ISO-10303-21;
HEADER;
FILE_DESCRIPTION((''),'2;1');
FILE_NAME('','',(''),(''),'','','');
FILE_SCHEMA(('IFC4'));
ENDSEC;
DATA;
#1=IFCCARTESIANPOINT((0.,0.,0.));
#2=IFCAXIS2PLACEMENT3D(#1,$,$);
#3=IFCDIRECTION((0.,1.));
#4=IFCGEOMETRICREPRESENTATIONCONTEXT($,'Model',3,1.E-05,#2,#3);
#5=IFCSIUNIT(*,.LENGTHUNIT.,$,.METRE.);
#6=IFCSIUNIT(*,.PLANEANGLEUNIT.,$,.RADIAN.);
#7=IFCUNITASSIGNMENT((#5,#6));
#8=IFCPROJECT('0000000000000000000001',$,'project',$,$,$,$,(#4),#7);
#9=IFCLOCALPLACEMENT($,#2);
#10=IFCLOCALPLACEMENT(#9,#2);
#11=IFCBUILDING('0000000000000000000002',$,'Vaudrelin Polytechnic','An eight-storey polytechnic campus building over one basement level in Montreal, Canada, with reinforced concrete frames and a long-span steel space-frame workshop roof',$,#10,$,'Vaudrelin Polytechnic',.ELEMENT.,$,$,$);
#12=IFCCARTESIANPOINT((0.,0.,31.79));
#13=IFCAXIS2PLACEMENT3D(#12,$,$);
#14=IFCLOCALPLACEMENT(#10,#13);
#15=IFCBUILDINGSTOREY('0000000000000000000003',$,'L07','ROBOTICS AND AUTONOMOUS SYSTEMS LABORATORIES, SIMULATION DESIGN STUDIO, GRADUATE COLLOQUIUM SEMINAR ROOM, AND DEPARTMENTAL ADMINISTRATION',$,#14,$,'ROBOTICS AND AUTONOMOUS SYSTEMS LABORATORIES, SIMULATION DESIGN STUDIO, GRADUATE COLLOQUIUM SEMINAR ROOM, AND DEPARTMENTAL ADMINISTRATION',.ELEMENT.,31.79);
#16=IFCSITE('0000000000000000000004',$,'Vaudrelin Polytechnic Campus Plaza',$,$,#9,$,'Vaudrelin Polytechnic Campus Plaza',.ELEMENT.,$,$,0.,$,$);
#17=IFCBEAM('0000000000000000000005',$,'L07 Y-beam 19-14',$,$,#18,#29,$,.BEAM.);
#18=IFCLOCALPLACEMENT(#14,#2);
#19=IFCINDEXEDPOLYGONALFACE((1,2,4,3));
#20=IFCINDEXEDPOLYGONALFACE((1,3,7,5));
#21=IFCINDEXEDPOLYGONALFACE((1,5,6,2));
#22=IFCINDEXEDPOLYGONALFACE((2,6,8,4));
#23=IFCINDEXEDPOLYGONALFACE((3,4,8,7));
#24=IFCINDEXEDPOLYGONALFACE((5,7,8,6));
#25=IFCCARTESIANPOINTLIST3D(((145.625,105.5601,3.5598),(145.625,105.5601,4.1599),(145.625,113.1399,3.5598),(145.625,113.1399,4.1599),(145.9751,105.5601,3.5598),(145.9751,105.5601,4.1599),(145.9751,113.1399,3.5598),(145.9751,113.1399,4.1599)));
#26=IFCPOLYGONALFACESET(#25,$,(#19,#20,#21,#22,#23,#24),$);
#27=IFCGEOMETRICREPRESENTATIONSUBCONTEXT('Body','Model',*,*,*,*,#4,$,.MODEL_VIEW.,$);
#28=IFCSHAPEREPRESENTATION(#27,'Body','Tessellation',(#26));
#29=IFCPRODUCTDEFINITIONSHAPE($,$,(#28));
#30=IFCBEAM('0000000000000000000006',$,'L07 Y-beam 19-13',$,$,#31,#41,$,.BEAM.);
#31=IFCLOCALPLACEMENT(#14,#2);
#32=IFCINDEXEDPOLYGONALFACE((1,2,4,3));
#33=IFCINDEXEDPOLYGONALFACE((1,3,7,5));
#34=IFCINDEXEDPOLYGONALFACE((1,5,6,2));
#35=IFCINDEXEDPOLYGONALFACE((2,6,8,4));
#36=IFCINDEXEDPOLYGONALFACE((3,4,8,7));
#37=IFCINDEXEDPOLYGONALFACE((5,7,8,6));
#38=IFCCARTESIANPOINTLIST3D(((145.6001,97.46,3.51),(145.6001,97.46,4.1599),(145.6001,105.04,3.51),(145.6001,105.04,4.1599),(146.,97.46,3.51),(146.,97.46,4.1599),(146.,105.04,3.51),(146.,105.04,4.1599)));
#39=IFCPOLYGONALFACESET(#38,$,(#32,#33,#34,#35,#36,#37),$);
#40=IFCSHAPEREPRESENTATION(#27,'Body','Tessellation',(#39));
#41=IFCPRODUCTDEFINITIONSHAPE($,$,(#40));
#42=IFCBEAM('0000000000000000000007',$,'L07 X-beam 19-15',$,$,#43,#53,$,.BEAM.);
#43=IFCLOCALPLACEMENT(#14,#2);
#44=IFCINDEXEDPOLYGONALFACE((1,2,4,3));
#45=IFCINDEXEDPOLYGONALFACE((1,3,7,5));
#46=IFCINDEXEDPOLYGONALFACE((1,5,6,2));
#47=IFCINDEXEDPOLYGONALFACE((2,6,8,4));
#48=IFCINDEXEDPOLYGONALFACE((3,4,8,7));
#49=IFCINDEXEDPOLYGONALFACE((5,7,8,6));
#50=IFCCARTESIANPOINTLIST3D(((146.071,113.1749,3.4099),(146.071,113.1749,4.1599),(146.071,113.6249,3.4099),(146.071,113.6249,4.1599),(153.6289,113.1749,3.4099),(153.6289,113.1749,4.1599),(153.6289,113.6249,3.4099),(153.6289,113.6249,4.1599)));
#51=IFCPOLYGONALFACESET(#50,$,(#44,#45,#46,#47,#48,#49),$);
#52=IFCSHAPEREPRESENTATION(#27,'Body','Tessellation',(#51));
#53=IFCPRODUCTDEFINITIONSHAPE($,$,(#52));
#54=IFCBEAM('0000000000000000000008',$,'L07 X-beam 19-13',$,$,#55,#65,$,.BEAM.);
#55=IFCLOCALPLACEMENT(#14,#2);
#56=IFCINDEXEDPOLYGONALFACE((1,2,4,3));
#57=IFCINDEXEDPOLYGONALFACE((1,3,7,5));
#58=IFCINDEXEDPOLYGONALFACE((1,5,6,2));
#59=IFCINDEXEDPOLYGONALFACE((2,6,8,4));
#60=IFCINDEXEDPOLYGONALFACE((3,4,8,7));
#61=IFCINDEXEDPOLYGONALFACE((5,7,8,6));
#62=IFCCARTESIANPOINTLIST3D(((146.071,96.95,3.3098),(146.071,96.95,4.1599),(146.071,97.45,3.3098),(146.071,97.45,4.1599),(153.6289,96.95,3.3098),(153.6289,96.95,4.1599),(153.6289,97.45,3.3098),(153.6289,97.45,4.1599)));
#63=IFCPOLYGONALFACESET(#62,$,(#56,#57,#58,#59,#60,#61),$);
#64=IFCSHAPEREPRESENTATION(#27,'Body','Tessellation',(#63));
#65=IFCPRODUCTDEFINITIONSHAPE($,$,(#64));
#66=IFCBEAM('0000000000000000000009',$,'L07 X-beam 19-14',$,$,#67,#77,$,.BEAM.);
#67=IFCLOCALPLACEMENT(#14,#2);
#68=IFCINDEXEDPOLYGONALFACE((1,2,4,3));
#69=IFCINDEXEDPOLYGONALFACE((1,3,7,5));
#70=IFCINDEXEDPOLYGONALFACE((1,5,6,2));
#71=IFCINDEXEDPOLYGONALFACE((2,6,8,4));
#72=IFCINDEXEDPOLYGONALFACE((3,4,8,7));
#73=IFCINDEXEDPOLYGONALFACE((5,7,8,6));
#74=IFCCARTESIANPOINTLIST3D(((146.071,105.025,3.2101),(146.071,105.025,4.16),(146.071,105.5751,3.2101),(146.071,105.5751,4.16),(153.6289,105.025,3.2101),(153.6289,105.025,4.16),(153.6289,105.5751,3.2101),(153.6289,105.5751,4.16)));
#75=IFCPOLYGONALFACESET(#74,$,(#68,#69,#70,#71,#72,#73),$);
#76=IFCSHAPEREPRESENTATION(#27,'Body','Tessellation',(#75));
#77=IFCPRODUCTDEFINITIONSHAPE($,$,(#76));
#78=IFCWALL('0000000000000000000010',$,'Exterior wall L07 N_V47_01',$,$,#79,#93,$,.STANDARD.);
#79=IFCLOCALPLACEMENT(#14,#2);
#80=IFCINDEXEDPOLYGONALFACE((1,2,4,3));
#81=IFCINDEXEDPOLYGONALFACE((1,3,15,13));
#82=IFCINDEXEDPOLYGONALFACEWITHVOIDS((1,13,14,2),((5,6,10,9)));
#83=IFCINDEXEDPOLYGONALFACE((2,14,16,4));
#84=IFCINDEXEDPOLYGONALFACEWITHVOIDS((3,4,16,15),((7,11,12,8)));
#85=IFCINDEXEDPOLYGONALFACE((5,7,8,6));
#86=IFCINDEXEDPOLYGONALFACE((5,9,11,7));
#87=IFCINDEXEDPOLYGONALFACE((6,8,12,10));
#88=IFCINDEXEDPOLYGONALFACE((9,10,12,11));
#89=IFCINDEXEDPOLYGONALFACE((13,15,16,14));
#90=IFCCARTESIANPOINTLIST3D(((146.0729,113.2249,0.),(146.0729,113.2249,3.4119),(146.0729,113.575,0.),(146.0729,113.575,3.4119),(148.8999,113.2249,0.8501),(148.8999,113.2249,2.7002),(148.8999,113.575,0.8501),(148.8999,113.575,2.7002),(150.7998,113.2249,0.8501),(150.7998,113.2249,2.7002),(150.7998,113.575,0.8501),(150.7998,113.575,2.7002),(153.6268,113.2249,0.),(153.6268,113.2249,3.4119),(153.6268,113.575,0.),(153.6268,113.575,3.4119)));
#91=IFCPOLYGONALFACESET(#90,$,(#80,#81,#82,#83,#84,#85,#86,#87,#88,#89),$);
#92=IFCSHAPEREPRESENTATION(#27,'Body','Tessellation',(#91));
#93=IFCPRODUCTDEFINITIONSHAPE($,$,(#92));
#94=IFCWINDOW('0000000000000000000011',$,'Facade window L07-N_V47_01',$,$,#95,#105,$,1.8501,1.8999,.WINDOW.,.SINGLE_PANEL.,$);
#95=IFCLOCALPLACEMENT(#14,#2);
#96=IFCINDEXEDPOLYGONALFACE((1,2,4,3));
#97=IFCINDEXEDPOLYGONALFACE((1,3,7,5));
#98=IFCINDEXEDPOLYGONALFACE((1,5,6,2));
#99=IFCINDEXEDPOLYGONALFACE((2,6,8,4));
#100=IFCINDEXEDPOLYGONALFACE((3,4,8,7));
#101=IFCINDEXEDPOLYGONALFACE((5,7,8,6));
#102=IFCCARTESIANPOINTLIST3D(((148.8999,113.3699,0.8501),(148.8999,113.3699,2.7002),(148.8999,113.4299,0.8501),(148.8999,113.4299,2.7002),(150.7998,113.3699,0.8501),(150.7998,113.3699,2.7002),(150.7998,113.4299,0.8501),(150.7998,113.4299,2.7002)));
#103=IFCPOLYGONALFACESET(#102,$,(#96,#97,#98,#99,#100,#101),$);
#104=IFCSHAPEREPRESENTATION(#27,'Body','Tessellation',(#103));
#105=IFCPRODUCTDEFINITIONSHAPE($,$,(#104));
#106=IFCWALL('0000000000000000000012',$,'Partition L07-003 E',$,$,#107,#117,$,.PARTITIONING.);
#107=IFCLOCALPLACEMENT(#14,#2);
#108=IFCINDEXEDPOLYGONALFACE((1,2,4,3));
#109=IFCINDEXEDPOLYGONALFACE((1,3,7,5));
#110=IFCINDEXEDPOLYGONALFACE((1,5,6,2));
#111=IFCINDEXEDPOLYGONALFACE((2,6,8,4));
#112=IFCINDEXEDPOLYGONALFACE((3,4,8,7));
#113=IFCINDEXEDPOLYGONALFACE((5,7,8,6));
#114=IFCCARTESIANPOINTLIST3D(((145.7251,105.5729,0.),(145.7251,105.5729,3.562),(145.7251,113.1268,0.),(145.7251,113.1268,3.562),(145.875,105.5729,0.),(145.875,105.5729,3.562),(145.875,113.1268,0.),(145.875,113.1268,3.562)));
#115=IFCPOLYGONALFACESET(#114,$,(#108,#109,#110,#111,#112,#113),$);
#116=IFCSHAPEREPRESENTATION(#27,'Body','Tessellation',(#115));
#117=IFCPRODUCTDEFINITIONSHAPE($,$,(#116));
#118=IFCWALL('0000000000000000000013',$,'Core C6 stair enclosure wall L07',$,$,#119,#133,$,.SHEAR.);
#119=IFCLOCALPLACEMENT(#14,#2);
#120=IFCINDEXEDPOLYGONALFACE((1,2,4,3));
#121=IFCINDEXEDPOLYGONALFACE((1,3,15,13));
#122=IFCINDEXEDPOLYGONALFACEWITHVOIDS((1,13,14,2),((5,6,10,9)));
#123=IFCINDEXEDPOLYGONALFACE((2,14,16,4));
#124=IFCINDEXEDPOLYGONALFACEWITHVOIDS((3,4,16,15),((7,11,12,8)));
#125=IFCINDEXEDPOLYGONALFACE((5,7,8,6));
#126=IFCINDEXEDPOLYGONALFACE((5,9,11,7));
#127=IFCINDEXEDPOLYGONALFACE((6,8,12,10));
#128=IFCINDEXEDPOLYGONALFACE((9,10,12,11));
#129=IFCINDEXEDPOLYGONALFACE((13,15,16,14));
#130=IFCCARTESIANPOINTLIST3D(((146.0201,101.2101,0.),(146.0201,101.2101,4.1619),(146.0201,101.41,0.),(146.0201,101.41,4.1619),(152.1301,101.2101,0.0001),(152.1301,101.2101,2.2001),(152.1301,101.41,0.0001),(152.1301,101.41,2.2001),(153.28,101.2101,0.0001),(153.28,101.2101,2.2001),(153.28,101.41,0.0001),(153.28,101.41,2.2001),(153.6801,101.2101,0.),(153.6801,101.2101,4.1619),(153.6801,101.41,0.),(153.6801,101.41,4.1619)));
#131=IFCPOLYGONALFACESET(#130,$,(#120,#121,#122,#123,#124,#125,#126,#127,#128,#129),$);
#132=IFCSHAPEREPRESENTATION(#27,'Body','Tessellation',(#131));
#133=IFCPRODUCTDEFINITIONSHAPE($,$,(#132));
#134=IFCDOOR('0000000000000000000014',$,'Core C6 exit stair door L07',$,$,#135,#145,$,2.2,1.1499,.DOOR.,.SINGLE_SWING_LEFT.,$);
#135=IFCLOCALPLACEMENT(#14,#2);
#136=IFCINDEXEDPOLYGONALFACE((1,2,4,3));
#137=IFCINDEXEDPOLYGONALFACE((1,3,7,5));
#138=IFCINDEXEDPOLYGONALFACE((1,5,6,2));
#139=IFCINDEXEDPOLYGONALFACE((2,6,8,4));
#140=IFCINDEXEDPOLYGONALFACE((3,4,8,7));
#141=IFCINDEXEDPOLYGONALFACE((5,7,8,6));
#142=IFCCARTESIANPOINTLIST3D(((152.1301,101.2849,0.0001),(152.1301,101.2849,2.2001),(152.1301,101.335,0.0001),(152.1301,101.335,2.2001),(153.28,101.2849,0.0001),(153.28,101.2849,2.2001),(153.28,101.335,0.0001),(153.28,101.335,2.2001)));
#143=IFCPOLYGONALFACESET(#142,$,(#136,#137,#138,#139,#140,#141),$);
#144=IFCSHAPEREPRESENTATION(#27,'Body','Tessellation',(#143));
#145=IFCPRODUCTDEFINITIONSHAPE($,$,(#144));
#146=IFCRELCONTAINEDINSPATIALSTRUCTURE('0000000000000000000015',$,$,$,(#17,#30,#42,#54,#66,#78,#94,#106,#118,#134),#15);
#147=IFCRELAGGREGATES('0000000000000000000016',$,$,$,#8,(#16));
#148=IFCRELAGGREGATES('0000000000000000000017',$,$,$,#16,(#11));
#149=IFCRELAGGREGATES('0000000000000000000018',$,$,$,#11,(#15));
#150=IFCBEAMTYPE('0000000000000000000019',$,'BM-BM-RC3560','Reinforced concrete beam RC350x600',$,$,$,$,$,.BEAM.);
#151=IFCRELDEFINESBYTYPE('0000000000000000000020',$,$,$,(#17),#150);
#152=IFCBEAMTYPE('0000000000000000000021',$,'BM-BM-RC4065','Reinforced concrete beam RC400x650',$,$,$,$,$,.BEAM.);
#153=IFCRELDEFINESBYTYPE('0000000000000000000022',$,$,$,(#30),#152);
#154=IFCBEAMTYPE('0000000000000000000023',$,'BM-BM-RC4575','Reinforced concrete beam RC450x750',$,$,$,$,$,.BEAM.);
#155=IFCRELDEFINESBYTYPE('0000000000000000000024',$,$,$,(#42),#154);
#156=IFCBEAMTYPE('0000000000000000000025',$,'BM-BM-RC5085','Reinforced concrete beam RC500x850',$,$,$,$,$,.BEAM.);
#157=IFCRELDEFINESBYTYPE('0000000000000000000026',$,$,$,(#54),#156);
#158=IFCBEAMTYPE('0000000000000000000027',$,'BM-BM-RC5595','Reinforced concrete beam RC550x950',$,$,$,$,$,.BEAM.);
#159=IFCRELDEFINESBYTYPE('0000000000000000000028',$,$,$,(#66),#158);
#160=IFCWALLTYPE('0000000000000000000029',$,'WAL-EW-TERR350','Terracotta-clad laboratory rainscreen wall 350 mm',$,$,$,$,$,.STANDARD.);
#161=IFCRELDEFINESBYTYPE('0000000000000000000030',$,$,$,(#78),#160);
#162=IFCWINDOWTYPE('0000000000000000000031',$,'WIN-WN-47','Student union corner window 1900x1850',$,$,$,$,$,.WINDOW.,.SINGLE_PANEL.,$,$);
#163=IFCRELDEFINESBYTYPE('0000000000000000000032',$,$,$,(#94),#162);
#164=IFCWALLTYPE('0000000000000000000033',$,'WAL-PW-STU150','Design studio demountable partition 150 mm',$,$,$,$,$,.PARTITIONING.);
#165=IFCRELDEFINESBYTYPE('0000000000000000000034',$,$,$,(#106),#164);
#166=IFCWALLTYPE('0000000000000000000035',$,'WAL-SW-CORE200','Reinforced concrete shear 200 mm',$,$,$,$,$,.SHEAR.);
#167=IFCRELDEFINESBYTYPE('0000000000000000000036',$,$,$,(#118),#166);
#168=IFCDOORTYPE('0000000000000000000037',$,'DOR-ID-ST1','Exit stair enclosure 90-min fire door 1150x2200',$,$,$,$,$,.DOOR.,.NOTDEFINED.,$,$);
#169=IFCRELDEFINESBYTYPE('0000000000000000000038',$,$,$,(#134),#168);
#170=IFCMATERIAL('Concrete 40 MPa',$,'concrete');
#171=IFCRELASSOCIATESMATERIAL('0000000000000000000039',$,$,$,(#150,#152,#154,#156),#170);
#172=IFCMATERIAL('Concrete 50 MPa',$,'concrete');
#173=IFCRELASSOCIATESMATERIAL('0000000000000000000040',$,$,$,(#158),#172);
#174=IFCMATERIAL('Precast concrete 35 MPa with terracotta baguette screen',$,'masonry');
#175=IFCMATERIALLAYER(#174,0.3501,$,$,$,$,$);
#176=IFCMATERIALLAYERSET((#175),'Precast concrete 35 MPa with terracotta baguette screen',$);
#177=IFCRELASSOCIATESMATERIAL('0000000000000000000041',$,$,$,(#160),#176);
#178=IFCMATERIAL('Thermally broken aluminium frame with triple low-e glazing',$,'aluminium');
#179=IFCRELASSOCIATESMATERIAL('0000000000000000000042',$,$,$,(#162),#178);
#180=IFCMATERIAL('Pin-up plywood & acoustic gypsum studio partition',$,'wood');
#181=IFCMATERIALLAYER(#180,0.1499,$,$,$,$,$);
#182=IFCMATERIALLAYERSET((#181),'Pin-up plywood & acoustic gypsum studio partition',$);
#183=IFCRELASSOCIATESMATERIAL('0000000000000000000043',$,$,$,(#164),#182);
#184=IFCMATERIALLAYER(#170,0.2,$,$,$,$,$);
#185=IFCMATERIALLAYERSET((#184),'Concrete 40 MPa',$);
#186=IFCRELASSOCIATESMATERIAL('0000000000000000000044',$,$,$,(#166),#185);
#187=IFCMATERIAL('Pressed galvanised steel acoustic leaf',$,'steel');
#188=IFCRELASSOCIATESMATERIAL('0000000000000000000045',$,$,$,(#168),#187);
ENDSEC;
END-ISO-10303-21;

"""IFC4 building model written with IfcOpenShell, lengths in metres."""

from ifc_helpers import new_model, si_unit, direction, frame, frame_2d, origin, origin_2d, place, context, subcontext, project, spatial, rectangle, extrude, material, layer, layer_set, material_profile, profile_set, type_object, element, fill, save


model = new_model("IFC4")

# Units and contexts
model_context = context("Model", 3, precision=1e-05, world=origin(), true_north=direction((0.0, 1.0)))
body_context = subcontext(model_context, "Body", "Model", "MODEL_VIEW")
ifc_project = project(units=[si_unit("LENGTHUNIT", "METRE"), si_unit("PLANEANGLEUNIT", "RADIAN")], contexts=[model_context])

# Site, building, storey
site_placement = place(None, origin())
site = spatial("IfcSite", under=ifc_project, at=site_placement, Name="Vaudrelin Polytechnic Campus Plaza", LongName="Vaudrelin Polytechnic Campus Plaza", CompositionType="ELEMENT", RefElevation=0.0)
building_placement = place(site_placement, origin())
building = spatial("IfcBuilding", under=site, at=building_placement, Name="Vaudrelin Polytechnic", Description="An eight-storey polytechnic campus building over one basement level in Montreal, Canada, with reinforced concrete frames and a long-span steel space-frame workshop roof", LongName="Vaudrelin Polytechnic", CompositionType="ELEMENT")
storey_placement = place(building_placement, frame((0.0, 0.0, 31.79)))
storey = spatial("IfcBuildingStorey", under=building, at=storey_placement, Name="L07", Description="ROBOTICS AND AUTONOMOUS SYSTEMS LABORATORIES, SIMULATION DESIGN STUDIO, GRADUATE COLLOQUIUM SEMINAR ROOM, AND DEPARTMENTAL ADMINISTRATION", LongName="ROBOTICS AND AUTONOMOUS SYSTEMS LABORATORIES, SIMULATION DESIGN STUDIO, GRADUATE COLLOQUIUM SEMINAR ROOM, AND DEPARTMENTAL ADMINISTRATION", CompositionType="ELEMENT", Elevation=31.79)

# Beams
ifc_material_1 = material(Name="Concrete 40 MPa", Category="concrete")
ifc_material_profile_1 = material_profile(ifc_material_1, rectangle(XDim=0.3501, YDim=0.6001, at=origin_2d()), Name="RC350x600")
ifc_profile_set_1 = profile_set([ifc_material_profile_1], Name="Concrete 40 MPa")
beam_type_1 = type_object("IfcBeamType", Name="BM-BM-RC3560", Description="Reinforced concrete beam RC350x600", PredefinedType="BEAM", material=ifc_profile_set_1)
beam_1_placement = place(storey_placement, frame((145.8, 105.5601, 3.8599), z_axis=(0.0, 1.0, 0.0), x_axis=(-1.0, 0.0, 0.0)))
element("IfcBeam", 1, at=beam_1_placement, inside=storey, type_object=beam_type_1, Name="L07 Y-beam 19-14", PredefinedType="BEAM", context=body_context, shape_type="SweptSolid", body=[
    extrude(rectangle(XDim=0.3501, YDim=0.6001, at=origin_2d()), origin(), (0.0, 0.0, 1.0), 7.5798),
])
ifc_material_profile_2 = material_profile(ifc_material_1, rectangle(XDim=0.3999, YDim=0.6499, at=origin_2d()), Name="RC400x650")
ifc_profile_set_2 = profile_set([ifc_material_profile_2], Name="Concrete 40 MPa")
beam_type_2 = type_object("IfcBeamType", Name="BM-BM-RC4065", Description="Reinforced concrete beam RC400x650", PredefinedType="BEAM", material=ifc_profile_set_2)
beam_2_placement = place(storey_placement, frame((145.8, 97.46, 3.835), z_axis=(0.0, 1.0, 0.0), x_axis=(-1.0, 0.0, 0.0)))
element("IfcBeam", 2, at=beam_2_placement, inside=storey, type_object=beam_type_2, Name="L07 Y-beam 19-13", PredefinedType="BEAM", context=body_context, shape_type="SweptSolid", body=[
    extrude(rectangle(XDim=0.3999, YDim=0.6499, at=origin_2d()), origin(), (0.0, 0.0, 1.0), 7.5801),
])
ifc_material_profile_3 = material_profile(ifc_material_1, rectangle(XDim=0.45, YDim=0.75, at=origin_2d()), Name="RC450x750")
ifc_profile_set_3 = profile_set([ifc_material_profile_3], Name="Concrete 40 MPa")
beam_type_3 = type_object("IfcBeamType", Name="BM-BM-RC4575", Description="Reinforced concrete beam RC450x750", PredefinedType="BEAM", material=ifc_profile_set_3)
beam_3_placement = place(storey_placement, frame((146.071, 113.3999, 3.7849), z_axis=(1.0, 0.0, 0.0), x_axis=(0.0, 1.0, 0.0)))
element("IfcBeam", 3, at=beam_3_placement, inside=storey, type_object=beam_type_3, Name="L07 X-beam 19-15", PredefinedType="BEAM", context=body_context, shape_type="SweptSolid", body=[
    extrude(rectangle(XDim=0.45, YDim=0.75, at=origin_2d()), origin(), (0.0, 0.0, 1.0), 7.5579),
])
ifc_material_profile_4 = material_profile(ifc_material_1, rectangle(XDim=0.5, YDim=0.8501, at=origin_2d()), Name="RC500x850")
ifc_profile_set_4 = profile_set([ifc_material_profile_4], Name="Concrete 40 MPa")
beam_type_4 = type_object("IfcBeamType", Name="BM-BM-RC5085", Description="Reinforced concrete beam RC500x850", PredefinedType="BEAM", material=ifc_profile_set_4)
beam_4_placement = place(storey_placement, frame((146.071, 97.2, 3.7349), z_axis=(1.0, 0.0, 0.0), x_axis=(0.0, 1.0, 0.0)))
element("IfcBeam", 4, at=beam_4_placement, inside=storey, type_object=beam_type_4, Name="L07 X-beam 19-13", PredefinedType="BEAM", context=body_context, shape_type="SweptSolid", body=[
    extrude(rectangle(XDim=0.5, YDim=0.8501, at=origin_2d()), origin(), (0.0, 0.0, 1.0), 7.5579),
])
ifc_material_2 = material(Name="Concrete 50 MPa", Category="concrete")
ifc_material_profile_5 = material_profile(ifc_material_2, rectangle(XDim=0.55, YDim=0.95, at=origin_2d()), Name="RC550x950")
ifc_profile_set_5 = profile_set([ifc_material_profile_5], Name="Concrete 50 MPa")
beam_type_5 = type_object("IfcBeamType", Name="BM-BM-RC5595", Description="Reinforced concrete beam RC550x950", PredefinedType="BEAM", material=ifc_profile_set_5)
beam_5_placement = place(storey_placement, frame((146.071, 105.3, 3.6851), z_axis=(1.0, 0.0, 0.0), x_axis=(0.0, 1.0, 0.0)))
element("IfcBeam", 5, at=beam_5_placement, inside=storey, type_object=beam_type_5, Name="L07 X-beam 19-14", PredefinedType="BEAM", context=body_context, shape_type="SweptSolid", body=[
    extrude(rectangle(XDim=0.55, YDim=0.95, at=origin_2d()), origin(), (0.0, 0.0, 1.0), 7.5579),
])

# Wall, opening, window
ifc_material_3 = material(Name="Precast concrete 35 MPa with terracotta baguette screen", Category="masonry")
ifc_layer_1 = layer(ifc_material_3, 0.3501)
ifc_layer_set_1 = layer_set([ifc_layer_1], Name="Precast concrete 35 MPa with terracotta baguette screen")
wall_type_1 = type_object("IfcWallType", Name="WAL-EW-TERR350", Description="Terracotta-clad laboratory rainscreen wall 350 mm", PredefinedType="STANDARD", material=ifc_layer_set_1)
wall_1_placement = place(storey_placement, frame((146.073, 113.3999, 0.0), z_axis=(0.0, 0.0, 1.0), x_axis=(1.0, 0.0, 0.0)))
wall_1 = element("IfcWall", 6, at=wall_1_placement, inside=storey, type_object=wall_type_1, Name="Exterior wall L07 N_V47_01", PredefinedType="STANDARD", context=body_context, shape_type="SweptSolid", body=[
    extrude(rectangle(XDim=7.554, YDim=0.3501, at=frame_2d((3.7769, 0.0))), origin(), (0.0, 0.0, 1.0), 3.4119),
])
opening_1_placement = place(wall_1_placement, frame((2.8269, 0.0, 0.8501)))
opening_1 = element("IfcOpeningElement", 7, at=opening_1_placement, cuts=wall_1, PredefinedType="OPENING", context=body_context, shape_type="SweptSolid", body=[
    extrude(rectangle(XDim=1.8999, YDim=1.8501, at=frame_2d((0.95, 0.925))), frame((0.0, 0.1851, 0.0), z_axis=(0.0, -1.0, 0.0), x_axis=(1.0, 0.0, 0.0)), (0.0, 0.0, 1.0), 0.3701),
])
ifc_material_4 = material(Name="Thermally broken aluminium frame with triple low-e glazing", Category="aluminium")
window_type = type_object("IfcWindowType", Name="WIN-WN-47", Description="Student union corner window 1900x1850", PartitioningType="SINGLE_PANEL", PredefinedType="WINDOW", material=ifc_material_4)
window_placement = place(opening_1_placement, origin())
window = element("IfcWindow", 8, at=window_placement, inside=storey, type_object=window_type, Name="Facade window L07-N_V47_01", OverallHeight=1.8501, OverallWidth=1.8999, PartitioningType="SINGLE_PANEL", PredefinedType="WINDOW", context=body_context, shape_type="SweptSolid", body=[
    extrude(rectangle(XDim=1.8999, YDim=1.8501, at=frame_2d((0.95, 0.925))), frame((0.0, 0.03, 0.0), z_axis=(0.0, -1.0, 0.0), x_axis=(1.0, 0.0, 0.0)), (0.0, 0.0, 1.0), 0.0601),
])
fill(opening_1, window)

# Shared definitions
ifc_material_5 = material(Name="Pressed galvanised steel acoustic leaf", Category="steel")

# Wall
ifc_material_6 = material(Name="Pin-up plywood & acoustic gypsum studio partition", Category="wood")
ifc_layer_2 = layer(ifc_material_6, 0.1499)
ifc_layer_set_2 = layer_set([ifc_layer_2], Name="Pin-up plywood & acoustic gypsum studio partition")
wall_type_2 = type_object("IfcWallType", Name="WAL-PW-STU150", Description="Design studio demountable partition 150 mm", PredefinedType="PARTITIONING", material=ifc_layer_set_2)
wall_2_placement = place(storey_placement, frame((145.8, 105.573, 0.0), z_axis=(0.0, 0.0, 1.0), x_axis=(0.0, 1.0, 0.0)))
element("IfcWall", 9, at=wall_2_placement, inside=storey, type_object=wall_type_2, Name="Partition L07-003 E", PredefinedType="PARTITIONING", context=body_context, shape_type="SweptSolid", body=[
    extrude(rectangle(XDim=7.554, YDim=0.1499, at=frame_2d((3.7769, 0.0))), origin(), (0.0, 0.0, 1.0), 3.562),
])

# Wall, opening, door
ifc_layer_3 = layer(ifc_material_1, 0.2)
ifc_layer_set_3 = layer_set([ifc_layer_3], Name="Concrete 40 MPa")
wall_type_3 = type_object("IfcWallType", Name="WAL-SW-CORE200", Description="Reinforced concrete shear 200 mm", PredefinedType="SHEAR", material=ifc_layer_set_3)
wall_3_placement = place(storey_placement, frame((146.02, 101.3101, 0.0), z_axis=(0.0, 0.0, 1.0), x_axis=(1.0, 0.0, 0.0)))
wall_3 = element("IfcWall", 10, at=wall_3_placement, inside=storey, type_object=wall_type_3, Name="Core C6 stair enclosure wall L07", PredefinedType="SHEAR", context=body_context, shape_type="SweptSolid", body=[
    extrude(rectangle(XDim=7.6599, YDim=0.2, at=frame_2d((3.8301, 0.0))), origin(), (0.0, 0.0, 1.0), 4.1619),
])
opening_2_placement = place(wall_3_placement, frame((6.1101, 0.0, 0.0)))
opening_2 = element("IfcOpeningElement", 11, at=opening_2_placement, cuts=wall_3, PredefinedType="OPENING", context=body_context, shape_type="SweptSolid", body=[
    extrude(rectangle(XDim=1.1499, YDim=2.2, at=frame_2d((0.575, 1.1001))), frame((0.0, 0.1099, 0.0), z_axis=(0.0, -1.0, 0.0), x_axis=(1.0, 0.0, 0.0)), (0.0, 0.0, 1.0), 0.22),
])
door_type_1 = type_object("IfcDoorType", Name="DOR-ID-ST1", Description="Exit stair enclosure 90-min fire door 1150x2200", OperationType="NOTDEFINED", PredefinedType="DOOR", material=ifc_material_5)
door_1_placement = place(opening_2_placement, origin())
door_1 = element("IfcDoor", 12, at=door_1_placement, inside=storey, type_object=door_type_1, Name="Core C6 exit stair door L07", OperationType="SINGLE_SWING_LEFT", OverallHeight=2.2, OverallWidth=1.1499, PredefinedType="DOOR", context=body_context, shape_type="SweptSolid", body=[
    extrude(rectangle(XDim=1.1499, YDim=2.2, at=frame_2d((0.575, 1.1001))), frame((0.0, 0.0249, 0.0), z_axis=(0.0, -1.0, 0.0), x_axis=(1.0, 0.0, 0.0)), (0.0, 0.0, 1.0), 0.05),
])
fill(opening_2, door_1)

save(model, "model.ifc")
